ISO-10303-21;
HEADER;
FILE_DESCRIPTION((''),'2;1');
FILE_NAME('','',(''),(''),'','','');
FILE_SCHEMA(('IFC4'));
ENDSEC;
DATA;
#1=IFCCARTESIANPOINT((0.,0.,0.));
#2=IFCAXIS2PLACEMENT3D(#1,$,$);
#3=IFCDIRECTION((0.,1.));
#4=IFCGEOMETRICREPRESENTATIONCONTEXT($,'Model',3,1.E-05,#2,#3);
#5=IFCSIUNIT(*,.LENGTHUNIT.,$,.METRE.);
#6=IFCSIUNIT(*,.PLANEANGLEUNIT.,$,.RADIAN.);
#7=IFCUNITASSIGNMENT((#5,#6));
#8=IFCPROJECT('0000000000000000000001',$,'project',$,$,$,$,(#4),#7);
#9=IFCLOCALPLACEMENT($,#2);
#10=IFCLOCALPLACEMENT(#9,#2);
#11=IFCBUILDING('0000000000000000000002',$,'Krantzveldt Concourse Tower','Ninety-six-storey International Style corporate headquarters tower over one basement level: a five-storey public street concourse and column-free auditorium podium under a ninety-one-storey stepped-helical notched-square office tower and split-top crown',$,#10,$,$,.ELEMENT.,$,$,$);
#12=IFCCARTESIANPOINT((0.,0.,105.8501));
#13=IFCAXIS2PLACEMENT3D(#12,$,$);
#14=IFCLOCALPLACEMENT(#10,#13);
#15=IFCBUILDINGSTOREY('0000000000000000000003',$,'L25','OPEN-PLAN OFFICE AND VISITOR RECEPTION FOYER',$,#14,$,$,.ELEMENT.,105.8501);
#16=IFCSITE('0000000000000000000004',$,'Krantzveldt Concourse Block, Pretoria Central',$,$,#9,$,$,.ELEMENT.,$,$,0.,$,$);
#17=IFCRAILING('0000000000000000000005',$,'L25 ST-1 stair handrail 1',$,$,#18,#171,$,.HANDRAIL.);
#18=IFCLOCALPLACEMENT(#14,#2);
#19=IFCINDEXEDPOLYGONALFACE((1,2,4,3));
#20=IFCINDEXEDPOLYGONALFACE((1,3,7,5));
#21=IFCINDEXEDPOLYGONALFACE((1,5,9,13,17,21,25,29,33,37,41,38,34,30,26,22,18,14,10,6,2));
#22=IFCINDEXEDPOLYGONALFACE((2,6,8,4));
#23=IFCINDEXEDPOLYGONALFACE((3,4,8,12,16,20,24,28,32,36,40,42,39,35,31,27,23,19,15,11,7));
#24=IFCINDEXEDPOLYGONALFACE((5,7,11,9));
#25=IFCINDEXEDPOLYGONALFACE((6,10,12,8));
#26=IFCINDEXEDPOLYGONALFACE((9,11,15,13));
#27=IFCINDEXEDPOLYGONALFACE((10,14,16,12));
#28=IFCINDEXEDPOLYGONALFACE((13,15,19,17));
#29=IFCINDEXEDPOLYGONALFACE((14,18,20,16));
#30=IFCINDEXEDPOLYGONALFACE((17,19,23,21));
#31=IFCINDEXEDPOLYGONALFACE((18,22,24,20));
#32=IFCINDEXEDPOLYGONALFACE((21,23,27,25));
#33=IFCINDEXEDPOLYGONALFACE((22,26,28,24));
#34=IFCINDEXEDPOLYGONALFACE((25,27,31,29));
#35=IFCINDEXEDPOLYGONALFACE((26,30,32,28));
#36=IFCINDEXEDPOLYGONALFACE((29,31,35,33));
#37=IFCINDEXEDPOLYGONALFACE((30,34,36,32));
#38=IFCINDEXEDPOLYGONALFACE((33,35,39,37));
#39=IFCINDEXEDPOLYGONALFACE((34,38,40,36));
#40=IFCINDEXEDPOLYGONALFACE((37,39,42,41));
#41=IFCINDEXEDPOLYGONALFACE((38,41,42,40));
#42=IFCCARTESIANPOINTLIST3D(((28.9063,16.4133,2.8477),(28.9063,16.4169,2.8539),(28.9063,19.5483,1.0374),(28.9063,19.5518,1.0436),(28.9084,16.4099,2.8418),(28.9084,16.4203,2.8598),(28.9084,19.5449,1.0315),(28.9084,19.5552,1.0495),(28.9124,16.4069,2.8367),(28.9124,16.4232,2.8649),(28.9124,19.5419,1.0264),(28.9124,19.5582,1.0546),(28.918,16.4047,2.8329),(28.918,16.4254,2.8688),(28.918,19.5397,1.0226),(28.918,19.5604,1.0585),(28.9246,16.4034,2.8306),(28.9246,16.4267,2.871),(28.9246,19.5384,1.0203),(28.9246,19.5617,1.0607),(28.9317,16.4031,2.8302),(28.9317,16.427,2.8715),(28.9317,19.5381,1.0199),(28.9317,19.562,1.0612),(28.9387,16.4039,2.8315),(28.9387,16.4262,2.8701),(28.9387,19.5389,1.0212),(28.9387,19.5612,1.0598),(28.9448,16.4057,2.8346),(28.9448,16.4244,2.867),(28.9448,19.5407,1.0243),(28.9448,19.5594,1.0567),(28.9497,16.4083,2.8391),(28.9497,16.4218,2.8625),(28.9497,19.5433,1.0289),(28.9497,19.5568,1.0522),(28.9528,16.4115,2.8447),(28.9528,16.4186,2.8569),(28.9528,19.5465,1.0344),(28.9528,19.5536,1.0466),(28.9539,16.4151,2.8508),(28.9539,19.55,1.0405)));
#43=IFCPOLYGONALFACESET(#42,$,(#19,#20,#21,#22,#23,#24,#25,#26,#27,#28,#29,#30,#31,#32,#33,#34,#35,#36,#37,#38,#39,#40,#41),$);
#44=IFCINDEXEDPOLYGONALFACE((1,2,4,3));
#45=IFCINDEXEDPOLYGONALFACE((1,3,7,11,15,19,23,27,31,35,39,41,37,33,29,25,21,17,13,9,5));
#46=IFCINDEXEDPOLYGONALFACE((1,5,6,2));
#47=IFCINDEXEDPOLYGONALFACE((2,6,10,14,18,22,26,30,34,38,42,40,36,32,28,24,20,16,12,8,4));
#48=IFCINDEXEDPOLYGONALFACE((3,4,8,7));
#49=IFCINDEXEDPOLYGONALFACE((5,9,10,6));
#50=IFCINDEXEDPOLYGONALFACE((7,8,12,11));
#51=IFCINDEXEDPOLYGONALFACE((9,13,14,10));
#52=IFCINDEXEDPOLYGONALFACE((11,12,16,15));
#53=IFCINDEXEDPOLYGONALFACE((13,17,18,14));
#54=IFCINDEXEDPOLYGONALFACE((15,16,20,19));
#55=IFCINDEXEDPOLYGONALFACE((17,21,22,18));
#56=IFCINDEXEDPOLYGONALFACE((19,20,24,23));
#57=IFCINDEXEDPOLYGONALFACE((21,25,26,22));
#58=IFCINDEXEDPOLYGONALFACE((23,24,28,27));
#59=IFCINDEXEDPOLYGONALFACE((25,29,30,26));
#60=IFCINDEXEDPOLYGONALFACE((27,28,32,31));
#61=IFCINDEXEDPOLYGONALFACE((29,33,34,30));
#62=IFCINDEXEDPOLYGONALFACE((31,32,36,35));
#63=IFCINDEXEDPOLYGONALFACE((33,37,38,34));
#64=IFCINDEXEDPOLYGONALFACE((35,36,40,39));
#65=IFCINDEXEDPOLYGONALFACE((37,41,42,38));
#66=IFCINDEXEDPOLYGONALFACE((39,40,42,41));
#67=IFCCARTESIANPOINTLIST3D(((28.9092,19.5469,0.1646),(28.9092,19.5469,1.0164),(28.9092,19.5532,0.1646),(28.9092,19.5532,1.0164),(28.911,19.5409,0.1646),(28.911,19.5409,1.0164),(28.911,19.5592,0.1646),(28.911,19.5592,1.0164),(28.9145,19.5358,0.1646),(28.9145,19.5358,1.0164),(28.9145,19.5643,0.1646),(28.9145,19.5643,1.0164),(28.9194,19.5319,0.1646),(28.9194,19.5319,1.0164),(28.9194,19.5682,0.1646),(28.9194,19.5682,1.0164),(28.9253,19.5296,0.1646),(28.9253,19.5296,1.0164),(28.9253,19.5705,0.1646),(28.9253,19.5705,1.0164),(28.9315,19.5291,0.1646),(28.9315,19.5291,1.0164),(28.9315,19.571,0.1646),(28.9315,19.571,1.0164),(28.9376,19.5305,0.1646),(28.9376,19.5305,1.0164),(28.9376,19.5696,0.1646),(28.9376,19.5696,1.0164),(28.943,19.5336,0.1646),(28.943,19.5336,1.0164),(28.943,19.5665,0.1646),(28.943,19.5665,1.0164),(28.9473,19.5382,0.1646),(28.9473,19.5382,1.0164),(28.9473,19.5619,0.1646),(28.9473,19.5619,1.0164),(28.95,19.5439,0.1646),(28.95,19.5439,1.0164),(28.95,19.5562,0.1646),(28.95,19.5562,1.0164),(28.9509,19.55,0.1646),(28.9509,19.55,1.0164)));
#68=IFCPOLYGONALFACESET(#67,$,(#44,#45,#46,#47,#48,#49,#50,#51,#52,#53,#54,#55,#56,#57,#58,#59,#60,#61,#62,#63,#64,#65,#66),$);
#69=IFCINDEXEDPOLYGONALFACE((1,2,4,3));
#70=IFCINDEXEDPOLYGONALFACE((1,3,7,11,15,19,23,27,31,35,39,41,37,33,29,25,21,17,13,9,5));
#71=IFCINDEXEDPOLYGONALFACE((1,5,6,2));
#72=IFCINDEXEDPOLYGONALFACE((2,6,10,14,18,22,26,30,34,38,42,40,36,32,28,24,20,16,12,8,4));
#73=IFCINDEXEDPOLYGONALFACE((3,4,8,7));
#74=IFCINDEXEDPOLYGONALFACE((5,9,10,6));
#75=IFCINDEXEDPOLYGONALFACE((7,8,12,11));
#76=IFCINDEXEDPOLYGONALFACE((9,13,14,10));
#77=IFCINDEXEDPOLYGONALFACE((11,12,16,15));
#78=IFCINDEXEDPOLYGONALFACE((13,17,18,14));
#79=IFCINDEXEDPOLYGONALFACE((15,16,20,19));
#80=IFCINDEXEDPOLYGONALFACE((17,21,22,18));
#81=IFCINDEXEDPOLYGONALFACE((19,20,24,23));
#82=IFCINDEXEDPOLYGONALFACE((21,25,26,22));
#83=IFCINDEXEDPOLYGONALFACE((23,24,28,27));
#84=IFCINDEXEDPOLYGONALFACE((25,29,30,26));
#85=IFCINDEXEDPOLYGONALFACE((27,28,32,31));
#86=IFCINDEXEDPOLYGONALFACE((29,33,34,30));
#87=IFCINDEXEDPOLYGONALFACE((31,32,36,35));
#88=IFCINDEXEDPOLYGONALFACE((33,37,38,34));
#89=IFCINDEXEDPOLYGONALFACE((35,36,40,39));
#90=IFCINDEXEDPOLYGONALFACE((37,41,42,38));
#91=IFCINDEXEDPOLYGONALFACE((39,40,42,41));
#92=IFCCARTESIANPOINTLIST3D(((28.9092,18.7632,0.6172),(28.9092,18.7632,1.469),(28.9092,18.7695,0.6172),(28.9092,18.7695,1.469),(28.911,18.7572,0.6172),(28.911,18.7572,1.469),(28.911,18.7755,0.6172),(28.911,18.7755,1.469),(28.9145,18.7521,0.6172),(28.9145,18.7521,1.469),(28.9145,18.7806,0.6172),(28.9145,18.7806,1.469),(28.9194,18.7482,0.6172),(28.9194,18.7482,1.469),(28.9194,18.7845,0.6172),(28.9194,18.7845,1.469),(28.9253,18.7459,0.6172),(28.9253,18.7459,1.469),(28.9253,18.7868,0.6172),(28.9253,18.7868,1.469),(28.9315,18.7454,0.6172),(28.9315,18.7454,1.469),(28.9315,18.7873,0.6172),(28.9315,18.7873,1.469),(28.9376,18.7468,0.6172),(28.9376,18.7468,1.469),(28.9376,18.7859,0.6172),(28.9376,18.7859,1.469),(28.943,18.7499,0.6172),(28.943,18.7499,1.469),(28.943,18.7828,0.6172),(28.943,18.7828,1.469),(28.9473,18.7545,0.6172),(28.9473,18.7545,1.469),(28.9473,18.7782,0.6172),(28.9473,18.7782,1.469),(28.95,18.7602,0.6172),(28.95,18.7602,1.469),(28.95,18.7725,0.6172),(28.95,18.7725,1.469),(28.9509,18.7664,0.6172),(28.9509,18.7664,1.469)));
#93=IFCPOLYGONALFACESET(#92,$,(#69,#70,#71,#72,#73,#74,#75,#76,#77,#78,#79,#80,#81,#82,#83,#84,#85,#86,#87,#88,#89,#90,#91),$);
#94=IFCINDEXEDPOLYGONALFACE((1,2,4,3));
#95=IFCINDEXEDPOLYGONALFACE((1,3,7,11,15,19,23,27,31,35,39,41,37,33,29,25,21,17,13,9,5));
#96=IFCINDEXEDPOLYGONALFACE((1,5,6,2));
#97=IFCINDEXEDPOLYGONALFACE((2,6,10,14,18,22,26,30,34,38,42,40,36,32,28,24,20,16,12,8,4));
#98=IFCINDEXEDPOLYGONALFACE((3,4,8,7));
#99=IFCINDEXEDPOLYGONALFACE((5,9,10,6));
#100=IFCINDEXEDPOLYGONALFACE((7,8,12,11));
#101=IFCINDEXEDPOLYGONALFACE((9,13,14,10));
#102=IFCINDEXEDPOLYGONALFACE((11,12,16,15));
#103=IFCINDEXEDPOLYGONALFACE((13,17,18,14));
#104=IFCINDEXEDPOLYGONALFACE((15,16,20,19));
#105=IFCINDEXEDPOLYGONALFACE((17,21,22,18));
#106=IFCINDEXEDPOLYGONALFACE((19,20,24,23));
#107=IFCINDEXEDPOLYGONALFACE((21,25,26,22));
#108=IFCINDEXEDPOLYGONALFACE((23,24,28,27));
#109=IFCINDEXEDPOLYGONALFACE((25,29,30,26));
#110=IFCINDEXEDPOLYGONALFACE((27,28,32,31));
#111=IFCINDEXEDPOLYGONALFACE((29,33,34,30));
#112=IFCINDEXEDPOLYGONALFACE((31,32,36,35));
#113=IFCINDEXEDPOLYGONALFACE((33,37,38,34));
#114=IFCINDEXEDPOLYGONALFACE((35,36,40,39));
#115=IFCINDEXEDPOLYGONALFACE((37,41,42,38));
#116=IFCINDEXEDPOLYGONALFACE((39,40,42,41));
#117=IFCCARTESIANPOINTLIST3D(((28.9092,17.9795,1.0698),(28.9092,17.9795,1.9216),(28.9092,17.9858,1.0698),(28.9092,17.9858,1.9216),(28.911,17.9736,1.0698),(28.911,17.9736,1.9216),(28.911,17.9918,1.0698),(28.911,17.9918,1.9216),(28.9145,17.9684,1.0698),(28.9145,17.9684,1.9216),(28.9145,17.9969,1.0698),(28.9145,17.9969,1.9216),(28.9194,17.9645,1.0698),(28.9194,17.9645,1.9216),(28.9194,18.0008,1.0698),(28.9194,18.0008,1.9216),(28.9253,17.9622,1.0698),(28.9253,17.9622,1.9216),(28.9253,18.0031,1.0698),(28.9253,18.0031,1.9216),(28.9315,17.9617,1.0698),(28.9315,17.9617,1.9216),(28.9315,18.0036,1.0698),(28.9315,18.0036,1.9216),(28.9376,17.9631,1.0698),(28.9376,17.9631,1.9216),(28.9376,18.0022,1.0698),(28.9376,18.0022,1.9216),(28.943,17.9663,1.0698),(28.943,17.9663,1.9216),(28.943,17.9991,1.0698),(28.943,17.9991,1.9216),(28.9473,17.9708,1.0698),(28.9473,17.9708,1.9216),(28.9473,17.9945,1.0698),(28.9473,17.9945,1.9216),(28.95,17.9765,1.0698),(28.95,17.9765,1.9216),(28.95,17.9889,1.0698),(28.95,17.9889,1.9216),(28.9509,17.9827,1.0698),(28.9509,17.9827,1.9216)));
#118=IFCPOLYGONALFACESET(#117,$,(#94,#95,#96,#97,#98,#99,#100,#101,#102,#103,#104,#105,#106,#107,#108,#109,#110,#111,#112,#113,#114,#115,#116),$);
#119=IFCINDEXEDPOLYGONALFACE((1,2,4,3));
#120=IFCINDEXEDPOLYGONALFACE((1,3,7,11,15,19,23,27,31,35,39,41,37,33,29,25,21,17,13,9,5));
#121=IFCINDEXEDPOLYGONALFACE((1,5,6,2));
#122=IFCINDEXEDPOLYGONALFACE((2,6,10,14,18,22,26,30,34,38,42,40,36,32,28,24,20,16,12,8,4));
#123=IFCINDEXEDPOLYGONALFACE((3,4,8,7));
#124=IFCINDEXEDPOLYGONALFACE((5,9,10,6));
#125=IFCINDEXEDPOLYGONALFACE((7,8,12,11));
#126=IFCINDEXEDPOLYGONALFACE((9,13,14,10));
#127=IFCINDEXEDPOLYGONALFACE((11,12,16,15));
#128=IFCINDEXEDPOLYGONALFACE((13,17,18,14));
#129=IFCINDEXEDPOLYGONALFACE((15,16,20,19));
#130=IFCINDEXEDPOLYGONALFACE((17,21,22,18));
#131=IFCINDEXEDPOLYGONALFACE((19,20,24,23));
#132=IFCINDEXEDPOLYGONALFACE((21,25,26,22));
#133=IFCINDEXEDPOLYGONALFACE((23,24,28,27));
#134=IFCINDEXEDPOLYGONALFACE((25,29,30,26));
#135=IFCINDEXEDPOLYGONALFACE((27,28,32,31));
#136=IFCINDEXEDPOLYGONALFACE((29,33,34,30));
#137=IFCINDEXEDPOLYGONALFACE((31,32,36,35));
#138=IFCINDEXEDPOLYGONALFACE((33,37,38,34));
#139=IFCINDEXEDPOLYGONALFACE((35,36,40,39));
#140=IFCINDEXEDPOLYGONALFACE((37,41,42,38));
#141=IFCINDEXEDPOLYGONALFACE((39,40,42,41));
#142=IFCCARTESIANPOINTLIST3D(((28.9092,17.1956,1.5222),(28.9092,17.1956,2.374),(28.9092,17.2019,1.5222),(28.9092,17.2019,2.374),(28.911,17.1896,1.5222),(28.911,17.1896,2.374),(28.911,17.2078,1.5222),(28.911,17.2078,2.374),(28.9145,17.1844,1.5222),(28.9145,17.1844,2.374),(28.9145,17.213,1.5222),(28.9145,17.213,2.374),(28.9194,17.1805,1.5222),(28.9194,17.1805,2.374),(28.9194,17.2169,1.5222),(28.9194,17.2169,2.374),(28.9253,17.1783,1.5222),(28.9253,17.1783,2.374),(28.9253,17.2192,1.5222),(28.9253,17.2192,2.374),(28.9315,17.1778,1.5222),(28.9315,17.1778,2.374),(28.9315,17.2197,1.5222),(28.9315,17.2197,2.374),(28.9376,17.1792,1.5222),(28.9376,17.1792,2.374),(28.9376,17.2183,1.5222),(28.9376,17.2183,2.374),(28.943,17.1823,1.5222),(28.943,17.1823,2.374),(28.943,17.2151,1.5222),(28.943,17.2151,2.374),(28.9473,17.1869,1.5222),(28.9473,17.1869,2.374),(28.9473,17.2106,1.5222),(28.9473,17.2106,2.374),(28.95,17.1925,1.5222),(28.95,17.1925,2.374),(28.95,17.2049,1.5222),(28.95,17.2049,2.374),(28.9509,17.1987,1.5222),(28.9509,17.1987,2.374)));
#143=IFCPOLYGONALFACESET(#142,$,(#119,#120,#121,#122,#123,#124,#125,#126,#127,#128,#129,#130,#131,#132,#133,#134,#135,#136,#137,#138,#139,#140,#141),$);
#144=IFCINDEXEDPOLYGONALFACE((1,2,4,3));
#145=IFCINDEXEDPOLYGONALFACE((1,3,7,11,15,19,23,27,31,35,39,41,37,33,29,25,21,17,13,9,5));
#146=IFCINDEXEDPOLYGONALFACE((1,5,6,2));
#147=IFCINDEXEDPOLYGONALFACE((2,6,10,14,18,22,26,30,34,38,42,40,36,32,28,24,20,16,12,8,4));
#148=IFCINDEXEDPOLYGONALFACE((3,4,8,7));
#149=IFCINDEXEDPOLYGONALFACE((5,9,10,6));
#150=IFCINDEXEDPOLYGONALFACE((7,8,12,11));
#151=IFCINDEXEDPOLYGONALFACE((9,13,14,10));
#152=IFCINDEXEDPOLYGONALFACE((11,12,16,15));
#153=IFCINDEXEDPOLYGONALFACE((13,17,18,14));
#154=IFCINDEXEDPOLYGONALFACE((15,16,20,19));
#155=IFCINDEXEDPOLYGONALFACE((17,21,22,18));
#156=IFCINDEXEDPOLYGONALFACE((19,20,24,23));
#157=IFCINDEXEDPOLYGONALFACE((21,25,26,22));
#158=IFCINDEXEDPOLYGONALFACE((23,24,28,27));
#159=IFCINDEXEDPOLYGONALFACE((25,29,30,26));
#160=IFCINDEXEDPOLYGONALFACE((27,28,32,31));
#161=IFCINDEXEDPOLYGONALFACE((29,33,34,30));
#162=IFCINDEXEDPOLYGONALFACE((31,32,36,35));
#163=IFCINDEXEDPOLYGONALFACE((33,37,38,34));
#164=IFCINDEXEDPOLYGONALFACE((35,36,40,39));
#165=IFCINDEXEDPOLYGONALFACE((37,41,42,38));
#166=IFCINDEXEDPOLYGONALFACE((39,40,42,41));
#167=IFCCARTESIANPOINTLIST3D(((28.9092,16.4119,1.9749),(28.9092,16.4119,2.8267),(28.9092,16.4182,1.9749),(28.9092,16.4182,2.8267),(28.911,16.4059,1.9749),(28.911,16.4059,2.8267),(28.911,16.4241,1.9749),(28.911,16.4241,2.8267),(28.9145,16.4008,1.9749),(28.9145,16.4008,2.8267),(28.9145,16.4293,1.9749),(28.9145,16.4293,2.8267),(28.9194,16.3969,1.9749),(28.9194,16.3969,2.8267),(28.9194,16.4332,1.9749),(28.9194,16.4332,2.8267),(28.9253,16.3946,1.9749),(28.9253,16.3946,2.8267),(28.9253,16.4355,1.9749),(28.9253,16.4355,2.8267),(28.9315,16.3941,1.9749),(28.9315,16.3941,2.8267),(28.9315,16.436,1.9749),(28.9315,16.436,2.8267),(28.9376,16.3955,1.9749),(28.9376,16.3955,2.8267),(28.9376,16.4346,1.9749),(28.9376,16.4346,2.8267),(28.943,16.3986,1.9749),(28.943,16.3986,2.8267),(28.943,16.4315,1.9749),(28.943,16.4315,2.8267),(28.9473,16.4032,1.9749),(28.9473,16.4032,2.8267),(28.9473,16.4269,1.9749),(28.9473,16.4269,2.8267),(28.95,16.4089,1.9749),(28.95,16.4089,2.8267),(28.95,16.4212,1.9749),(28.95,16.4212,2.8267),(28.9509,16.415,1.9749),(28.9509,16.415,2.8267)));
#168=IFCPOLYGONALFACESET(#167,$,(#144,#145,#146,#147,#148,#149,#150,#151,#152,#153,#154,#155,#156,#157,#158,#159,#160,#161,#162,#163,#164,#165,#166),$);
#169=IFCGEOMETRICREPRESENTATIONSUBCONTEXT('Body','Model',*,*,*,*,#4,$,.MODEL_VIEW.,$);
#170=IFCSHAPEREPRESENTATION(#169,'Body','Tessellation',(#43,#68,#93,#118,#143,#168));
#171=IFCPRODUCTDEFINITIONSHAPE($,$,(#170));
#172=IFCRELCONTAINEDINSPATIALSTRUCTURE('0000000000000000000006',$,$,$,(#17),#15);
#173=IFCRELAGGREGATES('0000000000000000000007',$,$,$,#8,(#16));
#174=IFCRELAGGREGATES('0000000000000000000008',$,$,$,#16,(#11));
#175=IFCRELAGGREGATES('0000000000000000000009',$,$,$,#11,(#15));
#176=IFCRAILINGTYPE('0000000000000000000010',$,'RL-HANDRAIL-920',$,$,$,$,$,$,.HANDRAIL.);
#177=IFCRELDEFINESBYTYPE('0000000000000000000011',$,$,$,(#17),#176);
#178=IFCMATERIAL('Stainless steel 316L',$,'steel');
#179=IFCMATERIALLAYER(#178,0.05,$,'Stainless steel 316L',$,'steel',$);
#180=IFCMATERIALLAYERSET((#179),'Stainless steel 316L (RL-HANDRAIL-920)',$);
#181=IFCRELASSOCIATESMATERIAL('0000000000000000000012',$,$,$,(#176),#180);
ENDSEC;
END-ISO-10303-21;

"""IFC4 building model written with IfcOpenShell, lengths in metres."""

from ifc_helpers import new_model, si_unit, direction, frame, origin, origin_2d, place, context, subcontext, project, spatial, circle, extrude, material, layer, layer_set, type_object, element, save


model = new_model("IFC4")

# Units and contexts
model_context = context("Model", 3, precision=1e-05, world=origin(), true_north=direction((0.0, 1.0)))
body_context = subcontext(model_context, "Body", "Model", "MODEL_VIEW")
ifc_project = project(units=[si_unit("LENGTHUNIT", "METRE"), si_unit("PLANEANGLEUNIT", "RADIAN")], contexts=[model_context])

# Site, building, storey
site_placement = place(None, origin())
site = spatial("IfcSite", under=ifc_project, at=site_placement, Name="Krantzveldt Concourse Block, Pretoria Central", CompositionType="ELEMENT", RefElevation=0.0)
building_placement = place(site_placement, origin())
building = spatial("IfcBuilding", under=site, at=building_placement, Name="Krantzveldt Concourse Tower", Description="Ninety-six-storey International Style corporate headquarters tower over one basement level: a five-storey public street concourse and column-free auditorium podium under a ninety-one-storey stepped-helical notched-square office tower and split-top crown", CompositionType="ELEMENT")
storey_placement = place(building_placement, frame((0.0, 0.0, 105.8501)))
storey = spatial("IfcBuildingStorey", under=building, at=storey_placement, Name="L25", Description="OPEN-PLAN OFFICE AND VISITOR RECEPTION FOYER", CompositionType="ELEMENT", Elevation=105.8501)

# Railing
ifc_material_1 = material(Name="Stainless steel 316L", Category="steel")
ifc_layer_1 = layer(ifc_material_1, 0.05, Name="Stainless steel 316L", Category="steel")
ifc_layer_set_1 = layer_set([ifc_layer_1], Name="Stainless steel 316L (RL-HANDRAIL-920)")
railing_type_1 = type_object("IfcRailingType", Name="RL-HANDRAIL-920", PredefinedType="HANDRAIL", material=ifc_layer_set_1)
railing_1_placement = place(storey_placement, frame((28.9299, 19.55, 0.1646)))
element("IfcRailing", 1, at=railing_1_placement, inside=storey, type_object=railing_type_1, Name="L25 ST-1 stair handrail 1", PredefinedType="HANDRAIL", context=body_context, shape_type="SweptSolid", body=[
    extrude(circle(Radius=0.0239, at=origin_2d()), frame((0.0, 0.0, 0.876), z_axis=(0.0, -0.865989, 0.500063), x_axis=(1.0, 0.0, 0.0)), (0.0, 0.0, 1.0), 3.6201),
    extrude(circle(Radius=0.021, at=origin_2d()), origin(), (0.0, 0.0, 1.0), 0.8518),
    extrude(circle(Radius=0.021, at=origin_2d()), frame((0.0, -0.7837, 0.4526)), (0.0, 0.0, 1.0), 0.8518),
    extrude(circle(Radius=0.021, at=origin_2d()), frame((0.0, -1.5674, 0.9053)), (0.0, 0.0, 1.0), 0.8518),
    extrude(circle(Radius=0.021, at=origin_2d()), frame((0.0, -2.3513, 1.3577)), (0.0, 0.0, 1.0), 0.8518),
    extrude(circle(Radius=0.021, at=origin_2d()), frame((0.0, -3.135, 1.8103)), (0.0, 0.0, 1.0), 0.8518),
])

save(model, "model.ifc")
